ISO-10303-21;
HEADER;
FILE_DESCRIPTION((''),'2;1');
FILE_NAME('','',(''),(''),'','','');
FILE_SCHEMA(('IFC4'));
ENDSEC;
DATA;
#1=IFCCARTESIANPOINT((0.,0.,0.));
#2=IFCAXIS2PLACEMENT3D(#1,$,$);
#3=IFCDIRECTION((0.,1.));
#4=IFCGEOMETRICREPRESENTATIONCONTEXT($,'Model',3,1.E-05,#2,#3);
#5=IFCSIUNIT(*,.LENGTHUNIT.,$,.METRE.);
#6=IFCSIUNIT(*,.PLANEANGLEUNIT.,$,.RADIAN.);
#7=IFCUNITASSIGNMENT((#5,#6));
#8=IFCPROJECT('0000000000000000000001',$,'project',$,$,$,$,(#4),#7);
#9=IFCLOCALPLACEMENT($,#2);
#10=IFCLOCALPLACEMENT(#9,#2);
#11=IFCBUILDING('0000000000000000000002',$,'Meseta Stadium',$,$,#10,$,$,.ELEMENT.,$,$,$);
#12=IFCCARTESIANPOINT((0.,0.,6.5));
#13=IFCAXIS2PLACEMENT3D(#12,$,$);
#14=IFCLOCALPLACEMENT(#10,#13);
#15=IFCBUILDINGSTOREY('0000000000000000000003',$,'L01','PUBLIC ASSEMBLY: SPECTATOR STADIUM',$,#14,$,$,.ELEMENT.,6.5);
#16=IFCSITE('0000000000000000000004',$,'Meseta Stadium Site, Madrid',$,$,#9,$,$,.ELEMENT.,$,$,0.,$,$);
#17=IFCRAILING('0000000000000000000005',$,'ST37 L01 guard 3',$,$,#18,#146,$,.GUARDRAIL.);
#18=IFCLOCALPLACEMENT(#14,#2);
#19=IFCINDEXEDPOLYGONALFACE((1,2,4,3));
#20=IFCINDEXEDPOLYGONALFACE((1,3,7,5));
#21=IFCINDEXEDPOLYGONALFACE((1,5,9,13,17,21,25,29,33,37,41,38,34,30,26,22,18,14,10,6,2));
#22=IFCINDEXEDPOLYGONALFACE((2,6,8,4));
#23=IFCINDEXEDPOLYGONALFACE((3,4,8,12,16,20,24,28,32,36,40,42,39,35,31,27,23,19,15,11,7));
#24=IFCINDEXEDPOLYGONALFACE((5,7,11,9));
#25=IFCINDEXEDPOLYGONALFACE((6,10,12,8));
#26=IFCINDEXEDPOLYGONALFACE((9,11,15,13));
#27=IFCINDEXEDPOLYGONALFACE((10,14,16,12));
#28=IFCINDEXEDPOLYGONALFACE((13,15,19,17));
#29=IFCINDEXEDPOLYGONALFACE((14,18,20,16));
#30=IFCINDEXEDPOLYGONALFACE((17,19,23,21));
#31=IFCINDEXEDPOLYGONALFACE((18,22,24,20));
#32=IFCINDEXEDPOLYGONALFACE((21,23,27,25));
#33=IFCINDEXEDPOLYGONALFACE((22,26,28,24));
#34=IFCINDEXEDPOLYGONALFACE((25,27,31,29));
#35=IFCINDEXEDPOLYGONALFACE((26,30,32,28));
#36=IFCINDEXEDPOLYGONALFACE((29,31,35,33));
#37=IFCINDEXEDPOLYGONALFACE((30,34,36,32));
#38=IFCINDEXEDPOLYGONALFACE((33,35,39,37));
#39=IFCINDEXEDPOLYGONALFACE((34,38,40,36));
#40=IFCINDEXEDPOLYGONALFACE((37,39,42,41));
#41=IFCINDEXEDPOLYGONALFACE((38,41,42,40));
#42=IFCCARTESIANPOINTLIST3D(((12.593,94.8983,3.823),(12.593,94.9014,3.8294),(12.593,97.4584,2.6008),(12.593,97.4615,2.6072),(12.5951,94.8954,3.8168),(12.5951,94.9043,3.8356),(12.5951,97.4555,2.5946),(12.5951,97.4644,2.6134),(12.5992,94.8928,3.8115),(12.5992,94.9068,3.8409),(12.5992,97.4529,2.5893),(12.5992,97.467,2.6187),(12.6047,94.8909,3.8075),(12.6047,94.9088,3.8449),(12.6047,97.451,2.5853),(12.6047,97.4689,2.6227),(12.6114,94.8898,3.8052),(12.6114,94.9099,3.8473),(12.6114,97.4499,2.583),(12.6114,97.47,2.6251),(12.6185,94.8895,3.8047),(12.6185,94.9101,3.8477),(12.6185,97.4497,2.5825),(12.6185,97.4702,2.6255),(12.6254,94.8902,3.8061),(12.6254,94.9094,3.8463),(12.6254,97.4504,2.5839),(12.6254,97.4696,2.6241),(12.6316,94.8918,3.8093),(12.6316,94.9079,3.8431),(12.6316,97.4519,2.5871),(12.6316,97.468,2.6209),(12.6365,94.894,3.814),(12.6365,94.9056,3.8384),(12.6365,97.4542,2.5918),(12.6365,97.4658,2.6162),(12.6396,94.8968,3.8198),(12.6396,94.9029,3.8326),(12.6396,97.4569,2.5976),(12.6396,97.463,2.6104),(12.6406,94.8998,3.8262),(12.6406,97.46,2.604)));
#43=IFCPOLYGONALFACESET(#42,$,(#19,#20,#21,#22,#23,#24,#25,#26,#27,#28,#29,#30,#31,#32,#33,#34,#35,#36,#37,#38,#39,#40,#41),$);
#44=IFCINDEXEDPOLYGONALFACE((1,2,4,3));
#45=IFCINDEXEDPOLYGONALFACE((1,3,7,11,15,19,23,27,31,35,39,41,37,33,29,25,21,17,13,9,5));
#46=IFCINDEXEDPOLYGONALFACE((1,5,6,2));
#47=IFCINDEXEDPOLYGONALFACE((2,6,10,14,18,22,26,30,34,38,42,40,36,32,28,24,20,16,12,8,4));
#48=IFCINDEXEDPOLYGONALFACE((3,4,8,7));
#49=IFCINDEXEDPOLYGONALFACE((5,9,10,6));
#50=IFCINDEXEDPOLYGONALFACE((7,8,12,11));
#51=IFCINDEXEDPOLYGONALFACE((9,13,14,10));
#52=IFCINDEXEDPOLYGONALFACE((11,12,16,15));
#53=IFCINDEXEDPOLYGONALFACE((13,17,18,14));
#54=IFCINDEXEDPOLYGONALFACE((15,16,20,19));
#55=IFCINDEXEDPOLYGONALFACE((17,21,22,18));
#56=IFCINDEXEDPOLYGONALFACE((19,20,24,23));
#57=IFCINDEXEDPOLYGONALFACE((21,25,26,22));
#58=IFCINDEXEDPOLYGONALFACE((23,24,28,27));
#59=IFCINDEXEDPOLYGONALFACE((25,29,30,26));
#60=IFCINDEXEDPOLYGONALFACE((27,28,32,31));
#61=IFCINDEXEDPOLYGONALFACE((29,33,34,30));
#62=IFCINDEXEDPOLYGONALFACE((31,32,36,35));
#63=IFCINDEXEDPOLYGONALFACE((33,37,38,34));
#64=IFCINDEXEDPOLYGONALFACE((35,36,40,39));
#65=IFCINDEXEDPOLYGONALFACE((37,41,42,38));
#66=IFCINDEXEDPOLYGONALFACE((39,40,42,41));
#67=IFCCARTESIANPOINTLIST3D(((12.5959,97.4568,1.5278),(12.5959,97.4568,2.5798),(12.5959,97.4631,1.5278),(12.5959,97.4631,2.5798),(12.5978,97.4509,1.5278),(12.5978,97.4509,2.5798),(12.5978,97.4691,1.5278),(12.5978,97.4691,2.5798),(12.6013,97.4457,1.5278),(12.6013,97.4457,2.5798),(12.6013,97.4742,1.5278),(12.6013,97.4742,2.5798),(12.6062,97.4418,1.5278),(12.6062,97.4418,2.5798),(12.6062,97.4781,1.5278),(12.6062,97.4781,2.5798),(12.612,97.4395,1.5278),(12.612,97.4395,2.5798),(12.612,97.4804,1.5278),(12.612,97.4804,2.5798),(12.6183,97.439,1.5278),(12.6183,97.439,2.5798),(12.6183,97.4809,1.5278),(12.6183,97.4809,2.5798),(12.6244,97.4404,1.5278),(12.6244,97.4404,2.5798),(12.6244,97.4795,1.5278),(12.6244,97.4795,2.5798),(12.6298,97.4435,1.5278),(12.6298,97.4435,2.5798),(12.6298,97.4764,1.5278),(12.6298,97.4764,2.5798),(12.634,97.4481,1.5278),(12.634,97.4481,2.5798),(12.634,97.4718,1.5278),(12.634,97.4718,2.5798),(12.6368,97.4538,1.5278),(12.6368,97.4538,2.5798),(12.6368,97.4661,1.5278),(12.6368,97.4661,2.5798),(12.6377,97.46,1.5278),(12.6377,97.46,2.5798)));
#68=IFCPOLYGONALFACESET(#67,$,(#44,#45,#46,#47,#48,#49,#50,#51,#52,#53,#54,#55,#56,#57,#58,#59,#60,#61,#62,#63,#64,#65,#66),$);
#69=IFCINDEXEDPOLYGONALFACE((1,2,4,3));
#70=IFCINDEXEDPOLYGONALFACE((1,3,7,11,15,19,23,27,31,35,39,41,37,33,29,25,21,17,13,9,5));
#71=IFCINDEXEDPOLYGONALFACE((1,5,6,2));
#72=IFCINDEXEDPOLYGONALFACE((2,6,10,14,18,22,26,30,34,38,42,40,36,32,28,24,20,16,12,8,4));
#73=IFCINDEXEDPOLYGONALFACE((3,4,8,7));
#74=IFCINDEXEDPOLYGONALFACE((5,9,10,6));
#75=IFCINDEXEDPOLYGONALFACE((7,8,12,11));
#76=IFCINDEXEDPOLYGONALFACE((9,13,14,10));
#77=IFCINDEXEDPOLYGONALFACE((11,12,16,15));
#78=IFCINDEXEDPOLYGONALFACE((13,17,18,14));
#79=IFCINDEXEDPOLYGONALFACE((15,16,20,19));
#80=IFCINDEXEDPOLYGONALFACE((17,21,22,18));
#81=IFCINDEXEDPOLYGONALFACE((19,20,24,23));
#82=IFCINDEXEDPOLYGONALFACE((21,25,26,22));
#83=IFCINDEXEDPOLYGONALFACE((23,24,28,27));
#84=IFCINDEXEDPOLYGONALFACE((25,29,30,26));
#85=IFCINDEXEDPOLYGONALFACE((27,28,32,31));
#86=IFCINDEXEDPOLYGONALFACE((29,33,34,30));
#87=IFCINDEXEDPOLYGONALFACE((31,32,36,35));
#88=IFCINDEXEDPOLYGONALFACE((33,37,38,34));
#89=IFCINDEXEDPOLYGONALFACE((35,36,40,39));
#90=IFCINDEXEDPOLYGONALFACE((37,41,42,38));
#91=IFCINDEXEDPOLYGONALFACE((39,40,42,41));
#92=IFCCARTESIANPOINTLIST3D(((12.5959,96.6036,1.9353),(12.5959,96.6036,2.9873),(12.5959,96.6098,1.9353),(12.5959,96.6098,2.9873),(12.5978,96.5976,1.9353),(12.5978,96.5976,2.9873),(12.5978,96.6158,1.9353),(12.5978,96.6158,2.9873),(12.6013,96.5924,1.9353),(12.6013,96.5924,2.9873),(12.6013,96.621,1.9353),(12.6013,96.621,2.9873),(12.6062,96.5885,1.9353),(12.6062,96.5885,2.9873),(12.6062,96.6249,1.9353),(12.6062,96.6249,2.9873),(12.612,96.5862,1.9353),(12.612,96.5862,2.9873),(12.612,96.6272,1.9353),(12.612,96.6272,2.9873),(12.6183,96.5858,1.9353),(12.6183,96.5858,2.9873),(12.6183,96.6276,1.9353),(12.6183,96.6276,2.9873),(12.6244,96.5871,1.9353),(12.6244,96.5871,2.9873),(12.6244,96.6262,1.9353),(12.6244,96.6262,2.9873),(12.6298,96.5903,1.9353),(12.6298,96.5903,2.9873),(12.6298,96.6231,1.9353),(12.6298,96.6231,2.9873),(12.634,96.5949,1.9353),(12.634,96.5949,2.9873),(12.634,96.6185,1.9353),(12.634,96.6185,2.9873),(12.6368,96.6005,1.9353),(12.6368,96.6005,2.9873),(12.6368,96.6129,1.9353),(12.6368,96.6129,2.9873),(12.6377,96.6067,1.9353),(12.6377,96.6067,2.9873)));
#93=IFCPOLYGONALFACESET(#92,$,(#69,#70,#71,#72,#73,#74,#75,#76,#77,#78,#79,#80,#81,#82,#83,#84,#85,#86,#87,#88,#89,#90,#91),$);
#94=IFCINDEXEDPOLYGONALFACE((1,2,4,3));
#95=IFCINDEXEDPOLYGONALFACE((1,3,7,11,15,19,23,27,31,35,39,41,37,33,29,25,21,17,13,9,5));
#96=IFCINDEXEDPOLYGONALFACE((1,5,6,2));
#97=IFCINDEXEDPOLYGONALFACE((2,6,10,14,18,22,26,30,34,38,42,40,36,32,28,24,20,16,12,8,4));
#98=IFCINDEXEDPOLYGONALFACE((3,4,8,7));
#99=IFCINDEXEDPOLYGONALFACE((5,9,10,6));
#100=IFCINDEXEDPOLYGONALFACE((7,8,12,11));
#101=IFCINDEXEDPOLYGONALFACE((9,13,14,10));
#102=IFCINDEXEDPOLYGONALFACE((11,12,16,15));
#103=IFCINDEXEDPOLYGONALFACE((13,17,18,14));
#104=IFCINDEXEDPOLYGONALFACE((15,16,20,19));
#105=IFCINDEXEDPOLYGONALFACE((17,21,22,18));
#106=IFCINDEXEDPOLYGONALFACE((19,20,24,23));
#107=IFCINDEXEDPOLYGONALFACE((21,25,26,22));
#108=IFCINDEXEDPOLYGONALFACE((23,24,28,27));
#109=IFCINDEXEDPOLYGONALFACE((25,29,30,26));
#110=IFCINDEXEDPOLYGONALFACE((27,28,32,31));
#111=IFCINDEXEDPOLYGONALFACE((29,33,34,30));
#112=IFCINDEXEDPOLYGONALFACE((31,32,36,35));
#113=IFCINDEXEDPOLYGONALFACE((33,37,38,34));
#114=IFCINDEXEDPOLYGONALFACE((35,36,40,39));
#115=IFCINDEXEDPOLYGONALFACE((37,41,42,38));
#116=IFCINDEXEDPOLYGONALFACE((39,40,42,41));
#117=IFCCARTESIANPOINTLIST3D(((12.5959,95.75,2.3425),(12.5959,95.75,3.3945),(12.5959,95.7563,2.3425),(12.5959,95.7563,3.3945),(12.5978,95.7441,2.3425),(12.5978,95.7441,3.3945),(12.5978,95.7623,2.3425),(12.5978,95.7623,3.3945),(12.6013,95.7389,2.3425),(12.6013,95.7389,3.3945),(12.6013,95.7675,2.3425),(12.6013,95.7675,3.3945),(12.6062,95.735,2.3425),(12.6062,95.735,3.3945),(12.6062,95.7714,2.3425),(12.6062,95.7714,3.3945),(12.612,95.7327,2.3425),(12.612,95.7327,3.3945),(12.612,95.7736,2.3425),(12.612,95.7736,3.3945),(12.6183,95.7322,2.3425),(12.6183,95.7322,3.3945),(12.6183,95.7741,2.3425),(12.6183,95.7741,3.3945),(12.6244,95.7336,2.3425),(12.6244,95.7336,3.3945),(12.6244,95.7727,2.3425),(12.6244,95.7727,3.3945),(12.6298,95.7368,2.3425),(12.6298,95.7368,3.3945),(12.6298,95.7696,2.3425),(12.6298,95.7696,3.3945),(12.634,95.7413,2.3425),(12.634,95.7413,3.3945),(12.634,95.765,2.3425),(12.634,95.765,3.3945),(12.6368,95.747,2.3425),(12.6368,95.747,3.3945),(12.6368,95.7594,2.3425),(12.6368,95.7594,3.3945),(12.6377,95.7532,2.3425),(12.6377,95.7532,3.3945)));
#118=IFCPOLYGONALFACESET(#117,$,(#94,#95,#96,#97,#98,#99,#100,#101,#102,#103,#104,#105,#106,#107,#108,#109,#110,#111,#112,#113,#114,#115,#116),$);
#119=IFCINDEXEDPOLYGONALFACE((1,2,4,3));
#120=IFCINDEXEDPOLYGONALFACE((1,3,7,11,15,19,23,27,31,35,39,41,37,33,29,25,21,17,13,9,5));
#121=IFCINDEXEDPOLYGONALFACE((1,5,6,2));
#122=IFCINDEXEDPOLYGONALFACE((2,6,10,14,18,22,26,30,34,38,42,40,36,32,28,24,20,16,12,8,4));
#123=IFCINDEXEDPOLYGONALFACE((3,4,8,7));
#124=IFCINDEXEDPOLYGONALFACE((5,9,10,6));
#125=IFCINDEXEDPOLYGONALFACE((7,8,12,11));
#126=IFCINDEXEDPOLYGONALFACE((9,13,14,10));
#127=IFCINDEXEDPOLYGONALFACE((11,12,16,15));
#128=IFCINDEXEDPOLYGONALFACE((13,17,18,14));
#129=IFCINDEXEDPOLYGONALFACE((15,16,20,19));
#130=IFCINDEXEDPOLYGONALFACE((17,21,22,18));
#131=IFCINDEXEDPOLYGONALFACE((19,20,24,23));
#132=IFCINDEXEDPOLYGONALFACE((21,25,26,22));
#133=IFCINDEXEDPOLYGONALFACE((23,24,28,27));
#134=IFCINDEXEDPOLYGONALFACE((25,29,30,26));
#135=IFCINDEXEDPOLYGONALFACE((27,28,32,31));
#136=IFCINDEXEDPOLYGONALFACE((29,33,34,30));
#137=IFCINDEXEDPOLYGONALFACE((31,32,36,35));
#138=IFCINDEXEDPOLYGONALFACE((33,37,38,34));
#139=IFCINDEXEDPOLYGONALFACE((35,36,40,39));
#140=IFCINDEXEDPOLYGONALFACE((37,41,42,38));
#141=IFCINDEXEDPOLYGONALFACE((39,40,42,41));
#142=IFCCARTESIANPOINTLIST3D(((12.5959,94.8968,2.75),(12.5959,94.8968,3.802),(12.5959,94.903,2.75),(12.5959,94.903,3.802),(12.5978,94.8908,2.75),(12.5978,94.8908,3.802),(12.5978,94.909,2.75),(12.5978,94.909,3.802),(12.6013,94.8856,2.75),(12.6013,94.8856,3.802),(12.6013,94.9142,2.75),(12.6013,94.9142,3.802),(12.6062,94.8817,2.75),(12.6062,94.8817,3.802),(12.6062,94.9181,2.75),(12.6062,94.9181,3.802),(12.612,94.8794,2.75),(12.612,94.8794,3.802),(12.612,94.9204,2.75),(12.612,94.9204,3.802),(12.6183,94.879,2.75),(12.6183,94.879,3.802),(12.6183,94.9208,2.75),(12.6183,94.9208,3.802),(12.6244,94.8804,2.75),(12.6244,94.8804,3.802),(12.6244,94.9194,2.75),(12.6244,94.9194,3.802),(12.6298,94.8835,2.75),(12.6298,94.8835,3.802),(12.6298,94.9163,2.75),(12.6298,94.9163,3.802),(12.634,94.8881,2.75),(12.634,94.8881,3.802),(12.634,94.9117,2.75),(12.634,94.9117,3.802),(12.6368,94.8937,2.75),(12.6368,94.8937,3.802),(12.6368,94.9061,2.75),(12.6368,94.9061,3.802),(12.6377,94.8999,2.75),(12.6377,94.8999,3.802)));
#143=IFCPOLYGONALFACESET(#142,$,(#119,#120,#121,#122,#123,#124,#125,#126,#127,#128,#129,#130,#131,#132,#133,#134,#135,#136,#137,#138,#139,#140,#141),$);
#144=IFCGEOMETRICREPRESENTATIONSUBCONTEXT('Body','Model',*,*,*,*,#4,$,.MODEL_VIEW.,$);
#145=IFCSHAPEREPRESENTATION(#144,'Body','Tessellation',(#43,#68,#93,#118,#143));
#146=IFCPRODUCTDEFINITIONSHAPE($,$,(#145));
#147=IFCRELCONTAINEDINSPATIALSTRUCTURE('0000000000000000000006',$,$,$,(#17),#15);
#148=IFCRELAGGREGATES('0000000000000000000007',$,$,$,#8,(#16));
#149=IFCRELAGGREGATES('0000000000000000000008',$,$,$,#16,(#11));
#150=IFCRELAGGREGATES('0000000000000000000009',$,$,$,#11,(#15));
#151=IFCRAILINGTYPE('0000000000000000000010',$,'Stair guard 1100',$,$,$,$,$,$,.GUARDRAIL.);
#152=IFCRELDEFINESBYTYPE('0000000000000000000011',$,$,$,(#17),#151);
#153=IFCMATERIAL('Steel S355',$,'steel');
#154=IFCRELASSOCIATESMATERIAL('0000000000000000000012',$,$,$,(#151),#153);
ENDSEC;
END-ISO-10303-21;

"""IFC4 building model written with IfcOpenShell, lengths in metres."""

from ifc_helpers import new_model, si_unit, direction, frame, origin, origin_2d, place, context, subcontext, project, spatial, circle, extrude, material, type_object, element, save


model = new_model("IFC4")

# Units and contexts
model_context = context("Model", 3, precision=1e-05, world=origin(), true_north=direction((0.0, 1.0)))
body_context = subcontext(model_context, "Body", "Model", "MODEL_VIEW")
ifc_project = project(units=[si_unit("LENGTHUNIT", "METRE"), si_unit("PLANEANGLEUNIT", "RADIAN")], contexts=[model_context])

# Site, building, storey
site_placement = place(None, origin())
site = spatial("IfcSite", under=ifc_project, at=site_placement, Name="Meseta Stadium Site, Madrid", CompositionType="ELEMENT", RefElevation=0.0)
building_placement = place(site_placement, origin())
building = spatial("IfcBuilding", under=site, at=building_placement, Name="Meseta Stadium", CompositionType="ELEMENT")
storey_placement = place(building_placement, frame((0.0, 0.0, 6.5)))
storey = spatial("IfcBuildingStorey", under=building, at=storey_placement, Name="L01", Description="PUBLIC ASSEMBLY: SPECTATOR STADIUM", CompositionType="ELEMENT", Elevation=6.5)

# Railing
ifc_material_1 = material(Name="Steel S355", Category="steel")
railing_type_1 = type_object("IfcRailingType", Name="Stair guard 1100", PredefinedType="GUARDRAIL", material=ifc_material_1)
railing_1_placement = place(storey_placement, frame((12.6167, 97.46, 1.5278)))
element("IfcRailing", 1, at=railing_1_placement, inside=storey, type_object=railing_type_1, Name="ST37 L01 guard 3", PredefinedType="GUARDRAIL", context=body_context, shape_type="SweptSolid", body=[
    extrude(circle(Radius=0.0239, at=origin_2d()), frame((0.0, 0.0, 1.0762), z_axis=(0.0, -0.902437, 0.430822), x_axis=(1.0, 0.0, 0.0)), (0.0, 0.0, 1.0), 2.8369),
    extrude(circle(Radius=0.021, at=origin_2d()), origin(), (0.0, 0.0, 1.0), 1.052),
    extrude(circle(Radius=0.021, at=origin_2d()), frame((0.0, -0.8533, 0.4075)), (0.0, 0.0, 1.0), 1.052),
    extrude(circle(Radius=0.021, at=origin_2d()), frame((0.0, -1.7068, 0.8147)), (0.0, 0.0, 1.0), 1.052),
    extrude(circle(Radius=0.021, at=origin_2d()), frame((0.0, -2.5601, 1.2222)), (0.0, 0.0, 1.0), 1.052),
])

save(model, "model.ifc")
